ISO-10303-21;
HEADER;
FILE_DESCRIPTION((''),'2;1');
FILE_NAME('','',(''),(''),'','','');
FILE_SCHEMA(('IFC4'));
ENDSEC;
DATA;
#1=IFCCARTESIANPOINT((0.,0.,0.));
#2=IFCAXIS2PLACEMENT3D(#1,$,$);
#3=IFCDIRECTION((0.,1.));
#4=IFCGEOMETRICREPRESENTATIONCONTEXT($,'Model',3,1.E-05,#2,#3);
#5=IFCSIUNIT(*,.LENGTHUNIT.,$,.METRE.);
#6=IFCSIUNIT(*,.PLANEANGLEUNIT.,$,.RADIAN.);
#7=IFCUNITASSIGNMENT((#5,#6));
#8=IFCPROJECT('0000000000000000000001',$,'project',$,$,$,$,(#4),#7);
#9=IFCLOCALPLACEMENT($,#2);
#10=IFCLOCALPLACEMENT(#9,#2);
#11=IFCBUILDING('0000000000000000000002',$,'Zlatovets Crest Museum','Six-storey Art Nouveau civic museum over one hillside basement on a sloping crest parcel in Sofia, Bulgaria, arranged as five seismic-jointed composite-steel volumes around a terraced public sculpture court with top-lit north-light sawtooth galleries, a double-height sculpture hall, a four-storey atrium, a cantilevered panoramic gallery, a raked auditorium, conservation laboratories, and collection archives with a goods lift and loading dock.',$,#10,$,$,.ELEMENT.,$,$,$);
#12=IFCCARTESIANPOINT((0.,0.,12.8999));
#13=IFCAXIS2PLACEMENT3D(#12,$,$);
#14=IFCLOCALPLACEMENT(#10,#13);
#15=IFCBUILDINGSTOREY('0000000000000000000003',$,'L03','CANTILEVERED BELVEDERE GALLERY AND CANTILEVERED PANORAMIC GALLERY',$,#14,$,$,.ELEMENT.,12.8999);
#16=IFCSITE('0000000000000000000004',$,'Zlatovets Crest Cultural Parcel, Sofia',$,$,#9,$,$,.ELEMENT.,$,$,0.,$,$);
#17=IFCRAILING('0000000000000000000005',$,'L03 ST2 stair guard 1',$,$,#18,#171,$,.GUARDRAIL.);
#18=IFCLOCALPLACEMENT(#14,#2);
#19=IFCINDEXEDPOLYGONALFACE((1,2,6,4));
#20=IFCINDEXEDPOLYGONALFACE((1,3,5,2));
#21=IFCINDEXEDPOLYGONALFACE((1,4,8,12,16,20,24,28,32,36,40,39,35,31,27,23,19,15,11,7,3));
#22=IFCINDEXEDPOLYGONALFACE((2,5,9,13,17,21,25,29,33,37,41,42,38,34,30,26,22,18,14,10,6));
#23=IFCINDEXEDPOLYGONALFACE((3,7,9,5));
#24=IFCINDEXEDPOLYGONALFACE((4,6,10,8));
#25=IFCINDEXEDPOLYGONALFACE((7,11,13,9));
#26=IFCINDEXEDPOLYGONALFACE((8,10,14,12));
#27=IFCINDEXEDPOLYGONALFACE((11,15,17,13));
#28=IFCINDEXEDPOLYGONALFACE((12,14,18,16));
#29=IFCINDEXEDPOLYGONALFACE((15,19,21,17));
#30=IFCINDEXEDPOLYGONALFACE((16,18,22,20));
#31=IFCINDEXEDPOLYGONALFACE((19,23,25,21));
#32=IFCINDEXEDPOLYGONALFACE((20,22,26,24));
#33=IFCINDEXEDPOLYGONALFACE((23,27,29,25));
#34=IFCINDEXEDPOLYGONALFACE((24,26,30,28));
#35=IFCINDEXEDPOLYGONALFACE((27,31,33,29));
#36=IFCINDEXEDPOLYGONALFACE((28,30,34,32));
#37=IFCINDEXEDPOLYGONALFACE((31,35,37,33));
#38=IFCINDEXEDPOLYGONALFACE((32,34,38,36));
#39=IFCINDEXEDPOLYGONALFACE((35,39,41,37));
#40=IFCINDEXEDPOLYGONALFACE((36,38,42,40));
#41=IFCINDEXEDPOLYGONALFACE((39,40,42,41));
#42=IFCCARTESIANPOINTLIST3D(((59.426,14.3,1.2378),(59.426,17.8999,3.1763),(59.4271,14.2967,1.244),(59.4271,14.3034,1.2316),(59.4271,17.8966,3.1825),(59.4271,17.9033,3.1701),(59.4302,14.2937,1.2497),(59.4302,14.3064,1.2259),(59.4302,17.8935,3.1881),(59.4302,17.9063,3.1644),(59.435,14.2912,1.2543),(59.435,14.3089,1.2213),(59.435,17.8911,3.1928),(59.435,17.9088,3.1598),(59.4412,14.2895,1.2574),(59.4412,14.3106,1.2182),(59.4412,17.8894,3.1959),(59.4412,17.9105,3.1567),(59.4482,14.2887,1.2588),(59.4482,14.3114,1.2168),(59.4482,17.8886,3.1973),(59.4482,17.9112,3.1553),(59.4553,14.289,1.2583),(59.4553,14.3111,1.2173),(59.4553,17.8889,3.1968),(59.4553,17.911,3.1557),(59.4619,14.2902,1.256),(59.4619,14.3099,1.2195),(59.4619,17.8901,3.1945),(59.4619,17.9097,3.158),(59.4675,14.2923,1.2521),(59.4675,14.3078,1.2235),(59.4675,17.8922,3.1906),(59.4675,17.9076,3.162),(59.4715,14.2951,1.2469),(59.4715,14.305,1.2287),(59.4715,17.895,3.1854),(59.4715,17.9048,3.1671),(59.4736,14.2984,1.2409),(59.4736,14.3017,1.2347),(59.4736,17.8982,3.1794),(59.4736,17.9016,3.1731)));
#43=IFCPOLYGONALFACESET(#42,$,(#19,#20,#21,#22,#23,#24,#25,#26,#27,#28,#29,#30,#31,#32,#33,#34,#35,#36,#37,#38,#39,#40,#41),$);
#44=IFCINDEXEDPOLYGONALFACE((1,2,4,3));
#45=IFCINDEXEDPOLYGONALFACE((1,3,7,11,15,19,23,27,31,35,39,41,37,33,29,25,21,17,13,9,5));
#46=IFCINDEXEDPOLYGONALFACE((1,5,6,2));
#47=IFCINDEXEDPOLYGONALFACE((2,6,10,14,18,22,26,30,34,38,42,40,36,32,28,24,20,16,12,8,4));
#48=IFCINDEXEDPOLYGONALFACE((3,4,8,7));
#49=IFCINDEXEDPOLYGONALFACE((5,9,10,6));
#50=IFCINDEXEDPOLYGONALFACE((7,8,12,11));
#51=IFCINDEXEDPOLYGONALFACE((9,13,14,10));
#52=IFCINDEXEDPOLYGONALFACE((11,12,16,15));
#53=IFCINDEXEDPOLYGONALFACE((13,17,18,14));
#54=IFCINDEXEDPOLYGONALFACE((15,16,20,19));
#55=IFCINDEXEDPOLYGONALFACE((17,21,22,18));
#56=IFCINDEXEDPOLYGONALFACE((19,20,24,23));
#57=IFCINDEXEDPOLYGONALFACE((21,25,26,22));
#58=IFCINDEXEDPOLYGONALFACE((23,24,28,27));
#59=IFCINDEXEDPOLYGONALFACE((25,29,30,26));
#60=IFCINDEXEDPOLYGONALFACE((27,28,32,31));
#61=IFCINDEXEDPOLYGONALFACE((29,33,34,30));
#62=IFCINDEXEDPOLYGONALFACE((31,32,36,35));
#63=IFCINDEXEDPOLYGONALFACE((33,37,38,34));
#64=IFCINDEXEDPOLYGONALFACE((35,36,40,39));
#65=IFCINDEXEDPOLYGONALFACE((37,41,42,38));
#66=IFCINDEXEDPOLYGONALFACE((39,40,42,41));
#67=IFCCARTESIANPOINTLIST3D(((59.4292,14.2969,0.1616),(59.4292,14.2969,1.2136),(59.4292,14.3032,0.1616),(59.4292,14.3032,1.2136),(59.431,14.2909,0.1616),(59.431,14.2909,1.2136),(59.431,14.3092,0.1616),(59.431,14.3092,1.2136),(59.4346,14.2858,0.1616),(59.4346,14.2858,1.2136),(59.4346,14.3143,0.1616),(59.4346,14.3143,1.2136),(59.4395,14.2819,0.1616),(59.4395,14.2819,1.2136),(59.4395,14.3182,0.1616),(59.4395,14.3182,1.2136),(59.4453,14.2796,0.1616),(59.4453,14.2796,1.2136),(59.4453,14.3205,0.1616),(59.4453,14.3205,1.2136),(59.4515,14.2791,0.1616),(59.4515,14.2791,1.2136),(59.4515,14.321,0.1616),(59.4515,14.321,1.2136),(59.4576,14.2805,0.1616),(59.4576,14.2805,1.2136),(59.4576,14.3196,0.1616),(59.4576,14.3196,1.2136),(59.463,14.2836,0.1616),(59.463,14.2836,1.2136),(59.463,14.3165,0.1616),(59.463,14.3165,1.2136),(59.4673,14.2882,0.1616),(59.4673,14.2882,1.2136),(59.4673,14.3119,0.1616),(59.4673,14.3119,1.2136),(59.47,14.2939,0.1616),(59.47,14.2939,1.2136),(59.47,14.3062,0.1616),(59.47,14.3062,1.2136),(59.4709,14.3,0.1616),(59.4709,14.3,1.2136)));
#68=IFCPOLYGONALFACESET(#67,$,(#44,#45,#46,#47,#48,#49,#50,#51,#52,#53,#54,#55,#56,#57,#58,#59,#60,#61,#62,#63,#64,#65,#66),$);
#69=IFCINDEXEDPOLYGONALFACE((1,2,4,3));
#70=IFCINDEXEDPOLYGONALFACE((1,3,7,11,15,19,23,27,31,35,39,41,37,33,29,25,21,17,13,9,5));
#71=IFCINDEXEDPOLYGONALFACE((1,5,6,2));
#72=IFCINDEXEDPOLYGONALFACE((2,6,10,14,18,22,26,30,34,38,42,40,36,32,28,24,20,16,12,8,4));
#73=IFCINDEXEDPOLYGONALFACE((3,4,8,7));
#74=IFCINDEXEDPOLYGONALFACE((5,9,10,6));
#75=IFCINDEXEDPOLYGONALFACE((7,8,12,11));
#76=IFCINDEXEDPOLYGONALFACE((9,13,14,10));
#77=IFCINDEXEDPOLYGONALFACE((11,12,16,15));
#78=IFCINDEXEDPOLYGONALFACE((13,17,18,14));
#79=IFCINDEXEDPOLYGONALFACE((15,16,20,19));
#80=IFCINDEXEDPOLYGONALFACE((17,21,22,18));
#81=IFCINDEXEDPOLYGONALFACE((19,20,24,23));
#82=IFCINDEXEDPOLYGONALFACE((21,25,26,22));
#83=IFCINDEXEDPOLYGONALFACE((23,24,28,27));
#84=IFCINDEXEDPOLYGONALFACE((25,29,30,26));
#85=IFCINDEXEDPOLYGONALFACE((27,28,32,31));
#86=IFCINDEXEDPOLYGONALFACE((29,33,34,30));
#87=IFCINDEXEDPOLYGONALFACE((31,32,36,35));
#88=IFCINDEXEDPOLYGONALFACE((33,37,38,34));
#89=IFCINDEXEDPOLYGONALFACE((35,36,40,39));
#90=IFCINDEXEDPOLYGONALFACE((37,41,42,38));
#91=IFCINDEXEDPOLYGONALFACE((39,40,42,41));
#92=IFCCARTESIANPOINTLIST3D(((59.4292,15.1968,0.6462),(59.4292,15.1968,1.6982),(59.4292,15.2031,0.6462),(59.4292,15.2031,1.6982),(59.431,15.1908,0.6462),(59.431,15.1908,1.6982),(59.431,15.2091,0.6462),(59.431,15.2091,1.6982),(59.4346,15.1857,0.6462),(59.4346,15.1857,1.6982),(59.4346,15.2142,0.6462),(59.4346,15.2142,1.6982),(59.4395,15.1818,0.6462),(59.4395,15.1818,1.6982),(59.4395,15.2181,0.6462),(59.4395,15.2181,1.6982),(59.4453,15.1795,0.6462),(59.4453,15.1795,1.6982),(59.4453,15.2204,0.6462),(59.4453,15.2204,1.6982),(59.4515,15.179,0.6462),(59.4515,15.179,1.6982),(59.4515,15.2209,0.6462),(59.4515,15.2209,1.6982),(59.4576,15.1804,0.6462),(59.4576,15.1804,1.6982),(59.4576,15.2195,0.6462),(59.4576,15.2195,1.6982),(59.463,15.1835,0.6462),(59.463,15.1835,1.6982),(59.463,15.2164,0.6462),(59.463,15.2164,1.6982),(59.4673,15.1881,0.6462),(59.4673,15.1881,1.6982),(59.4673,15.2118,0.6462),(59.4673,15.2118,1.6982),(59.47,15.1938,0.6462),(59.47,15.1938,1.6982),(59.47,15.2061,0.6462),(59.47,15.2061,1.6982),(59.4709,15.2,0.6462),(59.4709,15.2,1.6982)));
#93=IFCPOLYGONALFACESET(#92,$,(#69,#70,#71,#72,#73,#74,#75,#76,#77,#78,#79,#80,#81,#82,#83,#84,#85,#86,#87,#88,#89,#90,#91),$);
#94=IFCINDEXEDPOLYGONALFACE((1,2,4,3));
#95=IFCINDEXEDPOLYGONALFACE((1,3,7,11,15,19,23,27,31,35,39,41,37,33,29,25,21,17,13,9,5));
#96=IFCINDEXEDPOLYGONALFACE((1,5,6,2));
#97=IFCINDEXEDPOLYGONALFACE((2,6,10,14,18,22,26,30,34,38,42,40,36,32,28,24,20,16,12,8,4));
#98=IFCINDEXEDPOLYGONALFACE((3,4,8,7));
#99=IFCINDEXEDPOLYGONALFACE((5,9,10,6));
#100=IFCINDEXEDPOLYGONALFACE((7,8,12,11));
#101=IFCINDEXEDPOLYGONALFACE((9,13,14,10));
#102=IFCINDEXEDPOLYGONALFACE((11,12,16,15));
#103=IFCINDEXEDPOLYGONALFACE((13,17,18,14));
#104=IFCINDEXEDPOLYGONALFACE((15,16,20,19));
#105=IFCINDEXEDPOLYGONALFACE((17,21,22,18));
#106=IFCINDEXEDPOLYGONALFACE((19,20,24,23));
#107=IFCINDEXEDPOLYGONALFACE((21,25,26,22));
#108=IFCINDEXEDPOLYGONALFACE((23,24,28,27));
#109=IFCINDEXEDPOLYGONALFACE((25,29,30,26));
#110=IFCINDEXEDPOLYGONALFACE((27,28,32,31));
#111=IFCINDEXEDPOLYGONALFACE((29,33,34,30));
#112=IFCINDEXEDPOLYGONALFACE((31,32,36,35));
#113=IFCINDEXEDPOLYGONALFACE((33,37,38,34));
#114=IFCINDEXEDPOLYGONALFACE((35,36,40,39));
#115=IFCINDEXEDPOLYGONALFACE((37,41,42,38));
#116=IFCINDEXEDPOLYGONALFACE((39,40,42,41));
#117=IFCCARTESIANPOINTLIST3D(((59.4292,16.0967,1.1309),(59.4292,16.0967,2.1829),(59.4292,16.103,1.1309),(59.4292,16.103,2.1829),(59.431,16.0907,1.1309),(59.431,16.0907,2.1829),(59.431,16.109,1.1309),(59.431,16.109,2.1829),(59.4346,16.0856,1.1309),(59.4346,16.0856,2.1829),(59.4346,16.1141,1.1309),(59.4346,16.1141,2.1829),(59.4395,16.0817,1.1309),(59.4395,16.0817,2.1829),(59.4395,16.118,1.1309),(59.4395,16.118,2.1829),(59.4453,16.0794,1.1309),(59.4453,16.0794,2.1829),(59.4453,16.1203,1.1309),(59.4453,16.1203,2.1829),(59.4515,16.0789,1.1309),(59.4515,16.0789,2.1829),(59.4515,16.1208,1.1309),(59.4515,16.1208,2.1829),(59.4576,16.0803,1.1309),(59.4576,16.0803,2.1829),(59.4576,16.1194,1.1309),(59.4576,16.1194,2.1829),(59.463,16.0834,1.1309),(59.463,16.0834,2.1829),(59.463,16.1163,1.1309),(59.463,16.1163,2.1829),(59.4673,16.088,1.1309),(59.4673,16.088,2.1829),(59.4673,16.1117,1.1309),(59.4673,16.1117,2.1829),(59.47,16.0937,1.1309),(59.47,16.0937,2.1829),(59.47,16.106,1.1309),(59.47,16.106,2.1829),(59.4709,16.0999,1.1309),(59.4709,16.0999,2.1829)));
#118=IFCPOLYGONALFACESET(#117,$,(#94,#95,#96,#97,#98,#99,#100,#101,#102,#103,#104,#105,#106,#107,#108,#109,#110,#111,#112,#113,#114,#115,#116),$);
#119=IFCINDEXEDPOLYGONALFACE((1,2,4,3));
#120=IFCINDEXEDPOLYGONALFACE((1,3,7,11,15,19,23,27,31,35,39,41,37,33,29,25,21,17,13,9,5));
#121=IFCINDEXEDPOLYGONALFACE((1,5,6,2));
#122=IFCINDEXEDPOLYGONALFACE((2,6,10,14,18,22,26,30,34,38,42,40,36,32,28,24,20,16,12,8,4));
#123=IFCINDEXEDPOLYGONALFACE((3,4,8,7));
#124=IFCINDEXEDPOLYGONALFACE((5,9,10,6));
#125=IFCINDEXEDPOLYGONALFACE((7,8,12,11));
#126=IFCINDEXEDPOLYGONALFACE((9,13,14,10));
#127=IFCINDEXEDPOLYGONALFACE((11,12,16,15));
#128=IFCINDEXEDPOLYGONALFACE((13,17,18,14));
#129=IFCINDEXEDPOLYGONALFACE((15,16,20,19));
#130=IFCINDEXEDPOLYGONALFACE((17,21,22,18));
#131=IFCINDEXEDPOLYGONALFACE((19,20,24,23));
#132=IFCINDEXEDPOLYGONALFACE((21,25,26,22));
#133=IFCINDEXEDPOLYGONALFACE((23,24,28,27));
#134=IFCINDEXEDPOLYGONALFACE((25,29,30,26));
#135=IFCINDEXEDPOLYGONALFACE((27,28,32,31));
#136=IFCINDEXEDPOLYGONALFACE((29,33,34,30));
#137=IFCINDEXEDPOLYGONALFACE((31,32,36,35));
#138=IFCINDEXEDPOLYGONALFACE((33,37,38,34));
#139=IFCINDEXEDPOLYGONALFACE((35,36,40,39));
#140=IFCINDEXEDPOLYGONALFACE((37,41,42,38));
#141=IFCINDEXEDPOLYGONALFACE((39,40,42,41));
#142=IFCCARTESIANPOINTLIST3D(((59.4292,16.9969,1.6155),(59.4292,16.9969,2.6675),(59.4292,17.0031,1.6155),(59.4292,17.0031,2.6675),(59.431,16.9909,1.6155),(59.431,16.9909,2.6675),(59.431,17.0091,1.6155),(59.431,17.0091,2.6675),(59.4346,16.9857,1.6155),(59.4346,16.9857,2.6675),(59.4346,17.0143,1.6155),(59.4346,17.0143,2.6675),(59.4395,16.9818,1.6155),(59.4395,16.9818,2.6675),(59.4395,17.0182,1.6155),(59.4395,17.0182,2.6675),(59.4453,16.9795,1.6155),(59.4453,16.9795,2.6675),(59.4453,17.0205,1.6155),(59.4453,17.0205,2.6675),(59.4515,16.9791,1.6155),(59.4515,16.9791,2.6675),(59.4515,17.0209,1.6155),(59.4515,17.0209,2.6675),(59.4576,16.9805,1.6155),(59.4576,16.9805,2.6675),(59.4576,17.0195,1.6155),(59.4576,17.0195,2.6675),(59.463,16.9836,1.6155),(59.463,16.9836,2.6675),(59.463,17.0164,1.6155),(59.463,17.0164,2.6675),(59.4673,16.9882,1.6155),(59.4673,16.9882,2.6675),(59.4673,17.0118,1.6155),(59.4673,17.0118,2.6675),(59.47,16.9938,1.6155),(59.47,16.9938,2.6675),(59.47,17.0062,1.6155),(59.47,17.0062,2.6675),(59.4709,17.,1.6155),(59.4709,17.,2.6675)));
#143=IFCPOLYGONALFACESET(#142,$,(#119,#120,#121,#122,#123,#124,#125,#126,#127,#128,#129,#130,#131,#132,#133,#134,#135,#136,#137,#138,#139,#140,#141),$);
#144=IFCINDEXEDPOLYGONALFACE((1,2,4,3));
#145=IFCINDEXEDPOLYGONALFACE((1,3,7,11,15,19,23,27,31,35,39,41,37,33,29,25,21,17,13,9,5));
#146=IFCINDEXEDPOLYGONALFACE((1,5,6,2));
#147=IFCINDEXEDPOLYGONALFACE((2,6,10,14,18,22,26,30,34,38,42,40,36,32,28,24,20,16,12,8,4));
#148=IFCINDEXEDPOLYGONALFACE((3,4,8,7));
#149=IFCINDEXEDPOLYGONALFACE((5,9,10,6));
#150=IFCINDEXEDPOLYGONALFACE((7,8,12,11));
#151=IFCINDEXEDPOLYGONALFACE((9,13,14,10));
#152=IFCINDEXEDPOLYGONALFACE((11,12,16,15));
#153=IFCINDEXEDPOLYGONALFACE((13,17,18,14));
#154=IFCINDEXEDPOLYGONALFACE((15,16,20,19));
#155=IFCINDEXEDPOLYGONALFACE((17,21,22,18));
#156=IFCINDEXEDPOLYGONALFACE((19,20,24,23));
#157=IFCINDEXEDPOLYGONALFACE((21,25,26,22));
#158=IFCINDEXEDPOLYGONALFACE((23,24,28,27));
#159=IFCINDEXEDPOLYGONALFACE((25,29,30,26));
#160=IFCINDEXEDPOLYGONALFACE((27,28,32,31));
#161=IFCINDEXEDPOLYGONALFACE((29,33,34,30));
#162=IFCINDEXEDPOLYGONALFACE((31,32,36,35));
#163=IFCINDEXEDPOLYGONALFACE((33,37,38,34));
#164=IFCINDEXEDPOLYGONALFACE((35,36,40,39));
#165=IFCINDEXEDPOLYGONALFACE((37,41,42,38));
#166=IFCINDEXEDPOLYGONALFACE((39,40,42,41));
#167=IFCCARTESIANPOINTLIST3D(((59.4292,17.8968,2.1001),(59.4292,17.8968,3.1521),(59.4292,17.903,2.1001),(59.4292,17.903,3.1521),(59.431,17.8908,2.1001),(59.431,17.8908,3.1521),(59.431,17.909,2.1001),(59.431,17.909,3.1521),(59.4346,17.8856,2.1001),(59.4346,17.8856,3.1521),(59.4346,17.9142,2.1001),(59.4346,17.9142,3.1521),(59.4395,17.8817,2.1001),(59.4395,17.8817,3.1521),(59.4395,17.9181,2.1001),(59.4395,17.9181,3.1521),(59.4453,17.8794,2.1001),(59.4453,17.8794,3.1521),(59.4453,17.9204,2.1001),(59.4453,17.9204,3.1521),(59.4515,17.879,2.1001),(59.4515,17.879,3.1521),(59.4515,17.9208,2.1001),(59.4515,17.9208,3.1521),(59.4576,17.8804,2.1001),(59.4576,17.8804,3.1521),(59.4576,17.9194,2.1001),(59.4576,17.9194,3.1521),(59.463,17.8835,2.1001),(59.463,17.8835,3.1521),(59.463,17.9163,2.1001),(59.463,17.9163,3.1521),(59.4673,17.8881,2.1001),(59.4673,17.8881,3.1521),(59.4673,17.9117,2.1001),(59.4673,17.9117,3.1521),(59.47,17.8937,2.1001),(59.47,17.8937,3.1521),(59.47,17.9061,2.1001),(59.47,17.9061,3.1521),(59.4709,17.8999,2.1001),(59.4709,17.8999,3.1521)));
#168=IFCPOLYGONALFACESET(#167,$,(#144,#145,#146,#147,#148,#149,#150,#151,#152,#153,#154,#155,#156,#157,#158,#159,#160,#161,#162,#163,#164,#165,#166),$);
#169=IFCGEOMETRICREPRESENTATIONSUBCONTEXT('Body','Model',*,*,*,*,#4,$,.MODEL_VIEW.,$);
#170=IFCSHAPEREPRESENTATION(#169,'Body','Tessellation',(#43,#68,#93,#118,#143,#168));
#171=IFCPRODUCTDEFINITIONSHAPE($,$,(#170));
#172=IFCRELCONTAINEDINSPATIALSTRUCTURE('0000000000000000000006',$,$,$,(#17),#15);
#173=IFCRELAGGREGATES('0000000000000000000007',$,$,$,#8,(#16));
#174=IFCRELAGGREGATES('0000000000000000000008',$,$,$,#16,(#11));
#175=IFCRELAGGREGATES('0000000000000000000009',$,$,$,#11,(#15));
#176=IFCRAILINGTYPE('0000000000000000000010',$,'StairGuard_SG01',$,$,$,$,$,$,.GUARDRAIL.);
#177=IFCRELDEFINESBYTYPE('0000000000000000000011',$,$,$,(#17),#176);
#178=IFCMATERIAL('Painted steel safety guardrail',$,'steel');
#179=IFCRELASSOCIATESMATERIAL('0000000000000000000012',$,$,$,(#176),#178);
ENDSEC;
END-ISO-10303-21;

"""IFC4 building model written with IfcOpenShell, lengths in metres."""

from ifc_helpers import new_model, si_unit, direction, frame, origin, origin_2d, place, context, subcontext, project, spatial, circle, extrude, material, type_object, element, save


model = new_model("IFC4")

# Units and contexts
model_context = context("Model", 3, precision=1e-05, world=origin(), true_north=direction((0.0, 1.0)))
body_context = subcontext(model_context, "Body", "Model", "MODEL_VIEW")
ifc_project = project(units=[si_unit("LENGTHUNIT", "METRE"), si_unit("PLANEANGLEUNIT", "RADIAN")], contexts=[model_context])

# Site, building, storey
site_placement = place(None, origin())
site = spatial("IfcSite", under=ifc_project, at=site_placement, Name="Zlatovets Crest Cultural Parcel, Sofia", CompositionType="ELEMENT", RefElevation=0.0)
building_placement = place(site_placement, origin())
building = spatial("IfcBuilding", under=site, at=building_placement, Name="Zlatovets Crest Museum", Description="Six-storey Art Nouveau civic museum over one hillside basement on a sloping crest parcel in Sofia, Bulgaria, arranged as five seismic-jointed composite-steel volumes around a terraced public sculpture court with top-lit north-light sawtooth galleries, a double-height sculpture hall, a four-storey atrium, a cantilevered panoramic gallery, a raked auditorium, conservation laboratories, and collection archives with a goods lift and loading dock.", CompositionType="ELEMENT")
storey_placement = place(building_placement, frame((0.0, 0.0, 12.8999)))
storey = spatial("IfcBuildingStorey", under=building, at=storey_placement, Name="L03", Description="CANTILEVERED BELVEDERE GALLERY AND CANTILEVERED PANORAMIC GALLERY", CompositionType="ELEMENT", Elevation=12.8999)

# Railing
ifc_material_1 = material(Name="Painted steel safety guardrail", Category="steel")
railing_type_1 = type_object("IfcRailingType", Name="StairGuard_SG01", PredefinedType="GUARDRAIL", material=ifc_material_1)
railing_1_placement = place(storey_placement, frame((59.45, 14.3, 0.1616)))
element("IfcRailing", 1, at=railing_1_placement, inside=storey, type_object=railing_type_1, Name="L03 ST2 stair guard 1", PredefinedType="GUARDRAIL", context=body_context, shape_type="SweptSolid", body=[
    extrude(circle(Radius=0.0239, at=origin_2d()), frame((0.0, 0.0, 1.0762), z_axis=(0.0, 0.880462, 0.474118), x_axis=(-1.0, 0.0, 0.0)), (0.0, 0.0, 1.0), 4.0886),
    extrude(circle(Radius=0.021, at=origin_2d()), origin(), (0.0, 0.0, 1.0), 1.052),
    extrude(circle(Radius=0.021, at=origin_2d()), frame((0.0, 0.8999, 0.4846)), (0.0, 0.0, 1.0), 1.052),
    extrude(circle(Radius=0.021, at=origin_2d()), frame((0.0, 1.7998, 0.9692)), (0.0, 0.0, 1.0), 1.052),
    extrude(circle(Radius=0.021, at=origin_2d()), frame((0.0, 2.7, 1.4539)), (0.0, 0.0, 1.0), 1.052),
    extrude(circle(Radius=0.021, at=origin_2d()), frame((0.0, 3.5999, 1.9385)), (0.0, 0.0, 1.0), 1.052),
])

save(model, "model.ifc")
